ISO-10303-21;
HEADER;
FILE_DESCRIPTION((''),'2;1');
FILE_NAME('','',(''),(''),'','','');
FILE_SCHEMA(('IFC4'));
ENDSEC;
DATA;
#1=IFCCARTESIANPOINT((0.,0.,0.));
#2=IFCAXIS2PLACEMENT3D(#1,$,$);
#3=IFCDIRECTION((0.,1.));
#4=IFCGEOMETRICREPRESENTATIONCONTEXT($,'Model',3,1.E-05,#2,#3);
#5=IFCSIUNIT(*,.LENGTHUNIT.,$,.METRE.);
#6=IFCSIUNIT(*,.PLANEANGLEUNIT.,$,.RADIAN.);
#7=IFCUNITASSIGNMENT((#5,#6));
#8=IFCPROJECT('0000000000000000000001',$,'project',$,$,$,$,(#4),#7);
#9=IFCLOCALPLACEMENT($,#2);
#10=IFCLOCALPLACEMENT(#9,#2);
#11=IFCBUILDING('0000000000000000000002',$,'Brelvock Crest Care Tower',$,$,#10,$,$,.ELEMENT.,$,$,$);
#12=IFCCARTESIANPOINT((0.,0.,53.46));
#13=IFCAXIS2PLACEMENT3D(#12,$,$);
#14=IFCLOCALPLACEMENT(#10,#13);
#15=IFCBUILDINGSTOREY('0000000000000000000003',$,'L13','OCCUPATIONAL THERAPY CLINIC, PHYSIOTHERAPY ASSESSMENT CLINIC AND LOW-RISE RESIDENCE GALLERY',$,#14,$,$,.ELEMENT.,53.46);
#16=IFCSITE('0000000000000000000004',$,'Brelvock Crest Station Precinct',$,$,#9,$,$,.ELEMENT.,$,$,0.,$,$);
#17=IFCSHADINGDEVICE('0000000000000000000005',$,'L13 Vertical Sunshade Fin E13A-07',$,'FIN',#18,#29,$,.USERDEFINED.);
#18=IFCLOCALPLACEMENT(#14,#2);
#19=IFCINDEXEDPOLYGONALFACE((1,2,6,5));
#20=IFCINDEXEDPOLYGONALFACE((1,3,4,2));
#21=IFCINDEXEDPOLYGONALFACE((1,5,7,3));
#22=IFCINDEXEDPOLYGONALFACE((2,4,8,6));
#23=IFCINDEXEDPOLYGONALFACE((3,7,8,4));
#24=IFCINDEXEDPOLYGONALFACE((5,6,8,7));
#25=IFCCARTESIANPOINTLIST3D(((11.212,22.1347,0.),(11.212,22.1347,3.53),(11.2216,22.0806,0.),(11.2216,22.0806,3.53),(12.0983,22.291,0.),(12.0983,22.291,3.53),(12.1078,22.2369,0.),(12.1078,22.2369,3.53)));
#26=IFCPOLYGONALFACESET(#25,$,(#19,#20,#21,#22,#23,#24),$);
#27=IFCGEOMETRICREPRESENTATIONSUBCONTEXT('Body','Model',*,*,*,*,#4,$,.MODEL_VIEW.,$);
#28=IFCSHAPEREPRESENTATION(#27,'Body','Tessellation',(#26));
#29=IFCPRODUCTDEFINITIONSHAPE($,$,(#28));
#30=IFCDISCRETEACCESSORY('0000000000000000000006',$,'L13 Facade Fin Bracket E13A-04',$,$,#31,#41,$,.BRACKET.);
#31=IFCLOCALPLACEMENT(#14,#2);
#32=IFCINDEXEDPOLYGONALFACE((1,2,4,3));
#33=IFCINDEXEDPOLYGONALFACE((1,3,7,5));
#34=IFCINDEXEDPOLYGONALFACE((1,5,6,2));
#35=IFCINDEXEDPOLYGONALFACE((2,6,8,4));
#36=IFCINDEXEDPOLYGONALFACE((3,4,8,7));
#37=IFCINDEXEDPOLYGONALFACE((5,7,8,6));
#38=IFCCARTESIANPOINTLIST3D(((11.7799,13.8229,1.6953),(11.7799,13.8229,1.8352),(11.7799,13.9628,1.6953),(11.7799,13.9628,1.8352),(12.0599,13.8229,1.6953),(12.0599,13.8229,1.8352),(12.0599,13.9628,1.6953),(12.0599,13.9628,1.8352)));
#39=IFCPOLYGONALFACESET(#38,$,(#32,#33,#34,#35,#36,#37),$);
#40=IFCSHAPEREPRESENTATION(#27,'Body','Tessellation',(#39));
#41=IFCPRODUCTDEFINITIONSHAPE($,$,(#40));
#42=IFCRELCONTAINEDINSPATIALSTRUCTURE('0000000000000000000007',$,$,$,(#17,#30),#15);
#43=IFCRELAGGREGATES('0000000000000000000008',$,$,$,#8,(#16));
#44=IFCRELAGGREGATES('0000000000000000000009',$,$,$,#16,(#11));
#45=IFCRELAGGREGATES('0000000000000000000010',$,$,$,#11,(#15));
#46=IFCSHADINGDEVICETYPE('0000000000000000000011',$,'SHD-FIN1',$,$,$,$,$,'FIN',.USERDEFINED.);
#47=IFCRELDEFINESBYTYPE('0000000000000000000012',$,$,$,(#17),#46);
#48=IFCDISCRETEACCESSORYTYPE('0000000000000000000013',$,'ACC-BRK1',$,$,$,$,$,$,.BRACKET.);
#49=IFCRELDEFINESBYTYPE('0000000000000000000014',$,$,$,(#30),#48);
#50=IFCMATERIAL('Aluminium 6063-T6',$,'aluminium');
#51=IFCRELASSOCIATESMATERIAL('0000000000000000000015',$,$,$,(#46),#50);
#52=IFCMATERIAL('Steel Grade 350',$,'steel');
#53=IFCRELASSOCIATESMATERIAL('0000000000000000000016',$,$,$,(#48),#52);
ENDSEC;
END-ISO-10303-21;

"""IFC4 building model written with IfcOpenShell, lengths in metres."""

from ifc_helpers import new_model, si_unit, direction, frame, origin, origin_2d, place, context, subcontext, project, spatial, rectangle, extrude, source, transform, mapped, material, material_profile, profile_set, type_object, element, save


model = new_model("IFC4")

# Units and contexts
model_context = context("Model", 3, precision=1e-05, world=origin(), true_north=direction((0.0, 1.0)))
body_context = subcontext(model_context, "Body", "Model", "MODEL_VIEW")
ifc_project = project(units=[si_unit("LENGTHUNIT", "METRE"), si_unit("PLANEANGLEUNIT", "RADIAN")], contexts=[model_context])

# Site, building, storey
site_placement = place(None, origin())
site = spatial("IfcSite", under=ifc_project, at=site_placement, Name="Brelvock Crest Station Precinct", CompositionType="ELEMENT", RefElevation=0.0)
building_placement = place(site_placement, origin())
building = spatial("IfcBuilding", under=site, at=building_placement, Name="Brelvock Crest Care Tower", CompositionType="ELEMENT")
storey_placement = place(building_placement, frame((0.0, 0.0, 53.46)))
storey = spatial("IfcBuildingStorey", under=building, at=storey_placement, Name="L13", Description="OCCUPATIONAL THERAPY CLINIC, PHYSIOTHERAPY ASSESSMENT CLINIC AND LOW-RISE RESIDENCE GALLERY", CompositionType="ELEMENT", Elevation=53.46)

# Shared definitions
ifc_material_1 = material(Name="Steel Grade 350", Category="steel")

# Shared definitions
ifc_material_2 = material(Name="Aluminium 6063-T6", Category="aluminium")

# Shading device
ifc_material_profile_1 = material_profile(ifc_material_2, rectangle(XDim=0.0549, YDim=0.8999, at=origin_2d()), Name="FIN55x900")
ifc_profile_set_1 = profile_set([ifc_material_profile_1], Name="Aluminium 6063-T6")
shading_device_type = type_object("IfcShadingDeviceType", Name="SHD-FIN1", ElementType="FIN", PredefinedType="USERDEFINED", material=ifc_profile_set_1)
shared_shape_1 = source(origin(), body_context, "Body", "SweptSolid", [
    extrude(rectangle(XDim=0.0549, YDim=0.8999, at=origin_2d()), origin(), (0.0, 0.0, 1.0), 3.53),
])
for number, where, z_axis, x_axis, name in (
    (1, (11.6599, 22.1858, 0.0), (0.0, 0.0, 1.0), (-0.173648, 0.984808, 0.0), "L13 Vertical Sunshade Fin E13A-07"),
):
    element("IfcShadingDevice", number, at=place(storey_placement, frame(where, z_axis=z_axis, x_axis=x_axis)), inside=storey, type_object=shading_device_type, Name=name, ObjectType="FIN", PredefinedType="USERDEFINED", context=body_context, shape_type="MappedRepresentation", body=[
        mapped(shared_shape_1, transform((0.0, 0.0, 0.0), x_axis=(1.0, 0.0, 0.0), y_axis=(0.0, 1.0, 0.0), z_axis=(0.0, 0.0, 1.0), scale=1.0)),
    ])

# Discrete accessory
discrete_accessory_type = type_object("IfcDiscreteAccessoryType", Name="ACC-BRK1", PredefinedType="BRACKET", material=ifc_material_1)
shared_shape_2 = source(origin(), body_context, "Body", "SweptSolid", [
    extrude(rectangle(XDim=0.28, YDim=0.1399, at=origin_2d()), origin(), (0.0, 0.0, 1.0), 0.1399),
])
discrete_accessory_placement = place(storey_placement, frame((11.9199, 13.8928, 1.6953), z_axis=(0.0, 0.0, 1.0), x_axis=(-1.0, 0.0, 0.0)))
element("IfcDiscreteAccessory", 2, at=discrete_accessory_placement, inside=storey, type_object=discrete_accessory_type, Name="L13 Facade Fin Bracket E13A-04", PredefinedType="BRACKET", context=body_context, shape_type="MappedRepresentation", body=[
    mapped(shared_shape_2, transform((0.0, 0.0, 0.0), x_axis=(1.0, 0.0, 0.0), y_axis=(0.0, 1.0, 0.0), z_axis=(0.0, 0.0, 1.0), scale=1.0)),
])

save(model, "model.ifc")
